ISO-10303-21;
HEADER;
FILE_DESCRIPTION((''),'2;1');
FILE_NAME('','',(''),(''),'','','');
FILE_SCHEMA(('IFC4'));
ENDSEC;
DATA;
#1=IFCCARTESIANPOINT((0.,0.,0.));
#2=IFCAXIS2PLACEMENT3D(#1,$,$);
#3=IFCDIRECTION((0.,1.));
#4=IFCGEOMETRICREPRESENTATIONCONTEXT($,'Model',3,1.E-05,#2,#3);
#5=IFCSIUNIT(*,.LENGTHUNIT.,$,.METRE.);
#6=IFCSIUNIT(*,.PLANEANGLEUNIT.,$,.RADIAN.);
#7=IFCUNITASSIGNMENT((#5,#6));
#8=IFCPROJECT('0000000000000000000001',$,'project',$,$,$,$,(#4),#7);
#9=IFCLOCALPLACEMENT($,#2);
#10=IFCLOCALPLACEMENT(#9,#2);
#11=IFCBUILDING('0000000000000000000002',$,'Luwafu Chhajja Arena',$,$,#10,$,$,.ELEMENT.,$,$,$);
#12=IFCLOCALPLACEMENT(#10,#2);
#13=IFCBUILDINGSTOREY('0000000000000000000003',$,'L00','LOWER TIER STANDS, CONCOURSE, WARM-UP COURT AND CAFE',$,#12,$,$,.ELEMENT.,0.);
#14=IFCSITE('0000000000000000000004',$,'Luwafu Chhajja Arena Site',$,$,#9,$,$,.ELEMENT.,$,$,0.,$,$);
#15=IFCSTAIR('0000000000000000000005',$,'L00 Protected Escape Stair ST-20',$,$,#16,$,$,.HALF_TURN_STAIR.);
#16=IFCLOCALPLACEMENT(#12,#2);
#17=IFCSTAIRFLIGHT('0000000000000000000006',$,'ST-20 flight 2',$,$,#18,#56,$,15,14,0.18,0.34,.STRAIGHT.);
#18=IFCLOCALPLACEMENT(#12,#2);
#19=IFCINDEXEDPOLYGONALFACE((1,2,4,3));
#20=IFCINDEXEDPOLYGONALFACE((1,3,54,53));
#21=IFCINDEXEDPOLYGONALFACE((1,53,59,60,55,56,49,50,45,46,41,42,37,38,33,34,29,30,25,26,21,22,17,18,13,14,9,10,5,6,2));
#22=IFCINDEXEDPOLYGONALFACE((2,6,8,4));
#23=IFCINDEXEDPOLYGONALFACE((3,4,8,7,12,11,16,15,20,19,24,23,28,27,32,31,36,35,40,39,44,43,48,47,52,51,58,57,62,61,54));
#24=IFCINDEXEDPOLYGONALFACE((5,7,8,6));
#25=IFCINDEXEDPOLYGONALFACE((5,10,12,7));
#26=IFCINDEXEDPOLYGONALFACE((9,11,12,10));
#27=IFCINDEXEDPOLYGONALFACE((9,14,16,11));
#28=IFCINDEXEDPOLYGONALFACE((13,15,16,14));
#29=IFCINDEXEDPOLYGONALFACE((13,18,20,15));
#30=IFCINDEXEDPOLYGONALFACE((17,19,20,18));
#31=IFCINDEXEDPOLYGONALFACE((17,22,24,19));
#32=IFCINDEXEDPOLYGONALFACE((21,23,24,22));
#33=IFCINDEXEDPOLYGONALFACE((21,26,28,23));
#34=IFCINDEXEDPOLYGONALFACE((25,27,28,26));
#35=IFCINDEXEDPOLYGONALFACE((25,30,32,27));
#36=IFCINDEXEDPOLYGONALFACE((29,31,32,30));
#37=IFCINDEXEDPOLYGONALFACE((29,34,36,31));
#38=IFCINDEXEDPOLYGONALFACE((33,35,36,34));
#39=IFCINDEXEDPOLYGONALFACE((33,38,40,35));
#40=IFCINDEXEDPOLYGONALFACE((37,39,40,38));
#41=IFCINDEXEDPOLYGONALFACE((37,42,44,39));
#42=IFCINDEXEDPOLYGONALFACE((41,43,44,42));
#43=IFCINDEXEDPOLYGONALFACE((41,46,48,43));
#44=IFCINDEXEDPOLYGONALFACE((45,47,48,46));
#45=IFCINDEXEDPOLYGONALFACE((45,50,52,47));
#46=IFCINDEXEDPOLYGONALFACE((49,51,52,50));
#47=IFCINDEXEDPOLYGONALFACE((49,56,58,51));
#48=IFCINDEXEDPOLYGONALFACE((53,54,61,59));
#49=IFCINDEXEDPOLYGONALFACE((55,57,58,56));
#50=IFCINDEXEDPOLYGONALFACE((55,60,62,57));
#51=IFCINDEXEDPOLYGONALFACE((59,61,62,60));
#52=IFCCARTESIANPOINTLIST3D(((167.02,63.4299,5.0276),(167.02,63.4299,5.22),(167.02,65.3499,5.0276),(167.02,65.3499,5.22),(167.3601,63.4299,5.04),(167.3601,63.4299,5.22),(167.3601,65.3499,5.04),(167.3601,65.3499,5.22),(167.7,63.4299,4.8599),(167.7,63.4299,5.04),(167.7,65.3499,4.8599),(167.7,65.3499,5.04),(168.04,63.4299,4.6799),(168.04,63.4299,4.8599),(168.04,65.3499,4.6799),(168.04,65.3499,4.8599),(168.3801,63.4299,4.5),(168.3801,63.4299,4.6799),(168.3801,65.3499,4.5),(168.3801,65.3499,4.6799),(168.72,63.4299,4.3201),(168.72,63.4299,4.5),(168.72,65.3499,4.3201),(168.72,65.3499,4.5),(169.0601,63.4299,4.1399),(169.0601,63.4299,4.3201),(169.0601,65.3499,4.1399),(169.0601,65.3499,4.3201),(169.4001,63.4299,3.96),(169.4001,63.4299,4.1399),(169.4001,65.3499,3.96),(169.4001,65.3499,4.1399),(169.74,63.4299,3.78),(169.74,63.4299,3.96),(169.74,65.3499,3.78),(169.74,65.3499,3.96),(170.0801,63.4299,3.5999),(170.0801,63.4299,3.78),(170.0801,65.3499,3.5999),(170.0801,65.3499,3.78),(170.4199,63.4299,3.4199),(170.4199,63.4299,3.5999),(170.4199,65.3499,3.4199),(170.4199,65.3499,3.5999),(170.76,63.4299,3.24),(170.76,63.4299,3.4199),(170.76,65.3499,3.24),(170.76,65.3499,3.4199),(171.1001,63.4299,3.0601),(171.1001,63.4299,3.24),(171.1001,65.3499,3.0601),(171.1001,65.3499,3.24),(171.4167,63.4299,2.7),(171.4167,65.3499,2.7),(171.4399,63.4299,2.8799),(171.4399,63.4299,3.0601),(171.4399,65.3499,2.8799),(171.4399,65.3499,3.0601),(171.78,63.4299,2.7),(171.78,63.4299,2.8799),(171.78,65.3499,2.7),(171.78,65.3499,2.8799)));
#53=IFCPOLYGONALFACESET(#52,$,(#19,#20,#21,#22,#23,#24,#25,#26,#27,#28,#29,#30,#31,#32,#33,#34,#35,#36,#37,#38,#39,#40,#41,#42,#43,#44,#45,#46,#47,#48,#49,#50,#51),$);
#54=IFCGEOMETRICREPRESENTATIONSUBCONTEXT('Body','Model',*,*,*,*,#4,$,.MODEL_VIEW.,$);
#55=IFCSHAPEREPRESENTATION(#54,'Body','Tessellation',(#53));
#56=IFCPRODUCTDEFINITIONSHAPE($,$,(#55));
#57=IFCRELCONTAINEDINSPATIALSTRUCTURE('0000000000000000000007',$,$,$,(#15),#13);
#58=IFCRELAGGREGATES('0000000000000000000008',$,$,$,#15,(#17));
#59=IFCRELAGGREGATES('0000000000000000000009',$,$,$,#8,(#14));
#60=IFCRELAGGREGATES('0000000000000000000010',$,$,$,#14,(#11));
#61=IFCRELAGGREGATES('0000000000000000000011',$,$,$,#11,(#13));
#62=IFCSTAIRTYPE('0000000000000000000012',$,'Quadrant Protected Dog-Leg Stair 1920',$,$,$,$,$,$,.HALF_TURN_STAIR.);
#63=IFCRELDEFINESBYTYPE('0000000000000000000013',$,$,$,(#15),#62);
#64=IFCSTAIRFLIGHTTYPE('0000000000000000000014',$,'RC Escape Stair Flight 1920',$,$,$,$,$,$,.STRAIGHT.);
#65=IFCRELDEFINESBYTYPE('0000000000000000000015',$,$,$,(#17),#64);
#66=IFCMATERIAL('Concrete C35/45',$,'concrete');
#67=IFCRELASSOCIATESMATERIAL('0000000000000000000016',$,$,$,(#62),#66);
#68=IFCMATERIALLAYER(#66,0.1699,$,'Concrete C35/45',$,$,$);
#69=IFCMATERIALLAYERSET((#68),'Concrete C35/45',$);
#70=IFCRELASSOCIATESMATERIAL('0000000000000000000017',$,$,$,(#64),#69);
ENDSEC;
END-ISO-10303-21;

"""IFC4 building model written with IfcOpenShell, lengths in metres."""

from ifc_helpers import new_model, si_unit, direction, frame, origin, place, context, subcontext, project, spatial, polyline, outline, extrude, material, layer, layer_set, type_object, element, aggregate, save


model = new_model("IFC4")

# Units and contexts
model_context = context("Model", 3, precision=1e-05, world=origin(), true_north=direction((0.0, 1.0)))
body_context = subcontext(model_context, "Body", "Model", "MODEL_VIEW")
ifc_project = project(units=[si_unit("LENGTHUNIT", "METRE"), si_unit("PLANEANGLEUNIT", "RADIAN")], contexts=[model_context])

# Site, building, storey
site_placement = place(None, origin())
site = spatial("IfcSite", under=ifc_project, at=site_placement, Name="Luwafu Chhajja Arena Site", CompositionType="ELEMENT", RefElevation=0.0)
building_placement = place(site_placement, origin())
building = spatial("IfcBuilding", under=site, at=building_placement, Name="Luwafu Chhajja Arena", CompositionType="ELEMENT")
storey_placement = place(building_placement, origin())
storey = spatial("IfcBuildingStorey", under=building, at=storey_placement, Name="L00", Description="LOWER TIER STANDS, CONCOURSE, WARM-UP COURT AND CAFE", CompositionType="ELEMENT", Elevation=0.0)

# Shared definitions
ifc_material_1 = material(Name="Concrete C35/45", Category="concrete")

# Stair, stair flight
stair_type = type_object("IfcStairType", Name="Quadrant Protected Dog-Leg Stair 1920", PredefinedType="HALF_TURN_STAIR", material=ifc_material_1)
ifc_layer_1 = layer(ifc_material_1, 0.1699, Name="Concrete C35/45")
ifc_layer_set_1 = layer_set([ifc_layer_1], Name="Concrete C35/45")
stair_flight_type = type_object("IfcStairFlightType", Name="RC Escape Stair Flight 1920", PredefinedType="STRAIGHT", material=ifc_layer_set_1)
stair_1_placement = place(storey_placement, origin())
stair_1 = element("IfcStair", 1, at=stair_1_placement, inside=storey, type_object=stair_type, Name="L00 Protected Escape Stair ST-20", PredefinedType="HALF_TURN_STAIR")
stair_flight_1_placement = place(storey_placement, frame((171.78, 64.3899, 2.7), z_axis=(0.0, 0.0, 1.0), x_axis=(-1.0, 0.0, 0.0)))
stair_flight_1 = element("IfcStairFlight", 2, at=stair_flight_1_placement, type_object=stair_flight_type, Name="ST-20 flight 2", NumberOfRisers=15, NumberOfTreads=14, PredefinedType="STRAIGHT", RiserHeight=0.18, TreadLength=0.34, context=body_context, shape_type="SweptSolid", body=[
    extrude(outline(polyline([(0.0, 0.0), (0.0, 0.1799), (0.3401, 0.1799), (0.3401, 0.3601), (0.6799, 0.3601), (0.6799, 0.54), (1.02, 0.54), (1.02, 0.72), (1.3601, 0.72), (1.3601, 0.8999), (1.7, 0.8999), (1.7, 1.0801), (2.04, 1.0801), (2.04, 1.26), (2.3799, 1.26), (2.3799, 1.4399), (2.72, 1.4399), (2.72, 1.6201), (3.0601, 1.6201), (3.0601, 1.8), (3.3999, 1.8), (3.3999, 1.98), (3.74, 1.98), (3.74, 2.1599), (4.0801, 2.1599), (4.0801, 2.3401), (4.4199, 2.3401), (4.4199, 2.52), (4.76, 2.52), (4.76, 2.7), (4.76, 2.3276), (0.3633, 0.0), (0.0, 0.0)])), frame((0.0, 0.96, 0.0), z_axis=(0.0, -1.0, 0.0), x_axis=(1.0, 0.0, 0.0)), (0.0, 0.0, 1.0), 1.9199),
])
aggregate(stair_1, [stair_flight_1])

save(model, "model.ifc")
